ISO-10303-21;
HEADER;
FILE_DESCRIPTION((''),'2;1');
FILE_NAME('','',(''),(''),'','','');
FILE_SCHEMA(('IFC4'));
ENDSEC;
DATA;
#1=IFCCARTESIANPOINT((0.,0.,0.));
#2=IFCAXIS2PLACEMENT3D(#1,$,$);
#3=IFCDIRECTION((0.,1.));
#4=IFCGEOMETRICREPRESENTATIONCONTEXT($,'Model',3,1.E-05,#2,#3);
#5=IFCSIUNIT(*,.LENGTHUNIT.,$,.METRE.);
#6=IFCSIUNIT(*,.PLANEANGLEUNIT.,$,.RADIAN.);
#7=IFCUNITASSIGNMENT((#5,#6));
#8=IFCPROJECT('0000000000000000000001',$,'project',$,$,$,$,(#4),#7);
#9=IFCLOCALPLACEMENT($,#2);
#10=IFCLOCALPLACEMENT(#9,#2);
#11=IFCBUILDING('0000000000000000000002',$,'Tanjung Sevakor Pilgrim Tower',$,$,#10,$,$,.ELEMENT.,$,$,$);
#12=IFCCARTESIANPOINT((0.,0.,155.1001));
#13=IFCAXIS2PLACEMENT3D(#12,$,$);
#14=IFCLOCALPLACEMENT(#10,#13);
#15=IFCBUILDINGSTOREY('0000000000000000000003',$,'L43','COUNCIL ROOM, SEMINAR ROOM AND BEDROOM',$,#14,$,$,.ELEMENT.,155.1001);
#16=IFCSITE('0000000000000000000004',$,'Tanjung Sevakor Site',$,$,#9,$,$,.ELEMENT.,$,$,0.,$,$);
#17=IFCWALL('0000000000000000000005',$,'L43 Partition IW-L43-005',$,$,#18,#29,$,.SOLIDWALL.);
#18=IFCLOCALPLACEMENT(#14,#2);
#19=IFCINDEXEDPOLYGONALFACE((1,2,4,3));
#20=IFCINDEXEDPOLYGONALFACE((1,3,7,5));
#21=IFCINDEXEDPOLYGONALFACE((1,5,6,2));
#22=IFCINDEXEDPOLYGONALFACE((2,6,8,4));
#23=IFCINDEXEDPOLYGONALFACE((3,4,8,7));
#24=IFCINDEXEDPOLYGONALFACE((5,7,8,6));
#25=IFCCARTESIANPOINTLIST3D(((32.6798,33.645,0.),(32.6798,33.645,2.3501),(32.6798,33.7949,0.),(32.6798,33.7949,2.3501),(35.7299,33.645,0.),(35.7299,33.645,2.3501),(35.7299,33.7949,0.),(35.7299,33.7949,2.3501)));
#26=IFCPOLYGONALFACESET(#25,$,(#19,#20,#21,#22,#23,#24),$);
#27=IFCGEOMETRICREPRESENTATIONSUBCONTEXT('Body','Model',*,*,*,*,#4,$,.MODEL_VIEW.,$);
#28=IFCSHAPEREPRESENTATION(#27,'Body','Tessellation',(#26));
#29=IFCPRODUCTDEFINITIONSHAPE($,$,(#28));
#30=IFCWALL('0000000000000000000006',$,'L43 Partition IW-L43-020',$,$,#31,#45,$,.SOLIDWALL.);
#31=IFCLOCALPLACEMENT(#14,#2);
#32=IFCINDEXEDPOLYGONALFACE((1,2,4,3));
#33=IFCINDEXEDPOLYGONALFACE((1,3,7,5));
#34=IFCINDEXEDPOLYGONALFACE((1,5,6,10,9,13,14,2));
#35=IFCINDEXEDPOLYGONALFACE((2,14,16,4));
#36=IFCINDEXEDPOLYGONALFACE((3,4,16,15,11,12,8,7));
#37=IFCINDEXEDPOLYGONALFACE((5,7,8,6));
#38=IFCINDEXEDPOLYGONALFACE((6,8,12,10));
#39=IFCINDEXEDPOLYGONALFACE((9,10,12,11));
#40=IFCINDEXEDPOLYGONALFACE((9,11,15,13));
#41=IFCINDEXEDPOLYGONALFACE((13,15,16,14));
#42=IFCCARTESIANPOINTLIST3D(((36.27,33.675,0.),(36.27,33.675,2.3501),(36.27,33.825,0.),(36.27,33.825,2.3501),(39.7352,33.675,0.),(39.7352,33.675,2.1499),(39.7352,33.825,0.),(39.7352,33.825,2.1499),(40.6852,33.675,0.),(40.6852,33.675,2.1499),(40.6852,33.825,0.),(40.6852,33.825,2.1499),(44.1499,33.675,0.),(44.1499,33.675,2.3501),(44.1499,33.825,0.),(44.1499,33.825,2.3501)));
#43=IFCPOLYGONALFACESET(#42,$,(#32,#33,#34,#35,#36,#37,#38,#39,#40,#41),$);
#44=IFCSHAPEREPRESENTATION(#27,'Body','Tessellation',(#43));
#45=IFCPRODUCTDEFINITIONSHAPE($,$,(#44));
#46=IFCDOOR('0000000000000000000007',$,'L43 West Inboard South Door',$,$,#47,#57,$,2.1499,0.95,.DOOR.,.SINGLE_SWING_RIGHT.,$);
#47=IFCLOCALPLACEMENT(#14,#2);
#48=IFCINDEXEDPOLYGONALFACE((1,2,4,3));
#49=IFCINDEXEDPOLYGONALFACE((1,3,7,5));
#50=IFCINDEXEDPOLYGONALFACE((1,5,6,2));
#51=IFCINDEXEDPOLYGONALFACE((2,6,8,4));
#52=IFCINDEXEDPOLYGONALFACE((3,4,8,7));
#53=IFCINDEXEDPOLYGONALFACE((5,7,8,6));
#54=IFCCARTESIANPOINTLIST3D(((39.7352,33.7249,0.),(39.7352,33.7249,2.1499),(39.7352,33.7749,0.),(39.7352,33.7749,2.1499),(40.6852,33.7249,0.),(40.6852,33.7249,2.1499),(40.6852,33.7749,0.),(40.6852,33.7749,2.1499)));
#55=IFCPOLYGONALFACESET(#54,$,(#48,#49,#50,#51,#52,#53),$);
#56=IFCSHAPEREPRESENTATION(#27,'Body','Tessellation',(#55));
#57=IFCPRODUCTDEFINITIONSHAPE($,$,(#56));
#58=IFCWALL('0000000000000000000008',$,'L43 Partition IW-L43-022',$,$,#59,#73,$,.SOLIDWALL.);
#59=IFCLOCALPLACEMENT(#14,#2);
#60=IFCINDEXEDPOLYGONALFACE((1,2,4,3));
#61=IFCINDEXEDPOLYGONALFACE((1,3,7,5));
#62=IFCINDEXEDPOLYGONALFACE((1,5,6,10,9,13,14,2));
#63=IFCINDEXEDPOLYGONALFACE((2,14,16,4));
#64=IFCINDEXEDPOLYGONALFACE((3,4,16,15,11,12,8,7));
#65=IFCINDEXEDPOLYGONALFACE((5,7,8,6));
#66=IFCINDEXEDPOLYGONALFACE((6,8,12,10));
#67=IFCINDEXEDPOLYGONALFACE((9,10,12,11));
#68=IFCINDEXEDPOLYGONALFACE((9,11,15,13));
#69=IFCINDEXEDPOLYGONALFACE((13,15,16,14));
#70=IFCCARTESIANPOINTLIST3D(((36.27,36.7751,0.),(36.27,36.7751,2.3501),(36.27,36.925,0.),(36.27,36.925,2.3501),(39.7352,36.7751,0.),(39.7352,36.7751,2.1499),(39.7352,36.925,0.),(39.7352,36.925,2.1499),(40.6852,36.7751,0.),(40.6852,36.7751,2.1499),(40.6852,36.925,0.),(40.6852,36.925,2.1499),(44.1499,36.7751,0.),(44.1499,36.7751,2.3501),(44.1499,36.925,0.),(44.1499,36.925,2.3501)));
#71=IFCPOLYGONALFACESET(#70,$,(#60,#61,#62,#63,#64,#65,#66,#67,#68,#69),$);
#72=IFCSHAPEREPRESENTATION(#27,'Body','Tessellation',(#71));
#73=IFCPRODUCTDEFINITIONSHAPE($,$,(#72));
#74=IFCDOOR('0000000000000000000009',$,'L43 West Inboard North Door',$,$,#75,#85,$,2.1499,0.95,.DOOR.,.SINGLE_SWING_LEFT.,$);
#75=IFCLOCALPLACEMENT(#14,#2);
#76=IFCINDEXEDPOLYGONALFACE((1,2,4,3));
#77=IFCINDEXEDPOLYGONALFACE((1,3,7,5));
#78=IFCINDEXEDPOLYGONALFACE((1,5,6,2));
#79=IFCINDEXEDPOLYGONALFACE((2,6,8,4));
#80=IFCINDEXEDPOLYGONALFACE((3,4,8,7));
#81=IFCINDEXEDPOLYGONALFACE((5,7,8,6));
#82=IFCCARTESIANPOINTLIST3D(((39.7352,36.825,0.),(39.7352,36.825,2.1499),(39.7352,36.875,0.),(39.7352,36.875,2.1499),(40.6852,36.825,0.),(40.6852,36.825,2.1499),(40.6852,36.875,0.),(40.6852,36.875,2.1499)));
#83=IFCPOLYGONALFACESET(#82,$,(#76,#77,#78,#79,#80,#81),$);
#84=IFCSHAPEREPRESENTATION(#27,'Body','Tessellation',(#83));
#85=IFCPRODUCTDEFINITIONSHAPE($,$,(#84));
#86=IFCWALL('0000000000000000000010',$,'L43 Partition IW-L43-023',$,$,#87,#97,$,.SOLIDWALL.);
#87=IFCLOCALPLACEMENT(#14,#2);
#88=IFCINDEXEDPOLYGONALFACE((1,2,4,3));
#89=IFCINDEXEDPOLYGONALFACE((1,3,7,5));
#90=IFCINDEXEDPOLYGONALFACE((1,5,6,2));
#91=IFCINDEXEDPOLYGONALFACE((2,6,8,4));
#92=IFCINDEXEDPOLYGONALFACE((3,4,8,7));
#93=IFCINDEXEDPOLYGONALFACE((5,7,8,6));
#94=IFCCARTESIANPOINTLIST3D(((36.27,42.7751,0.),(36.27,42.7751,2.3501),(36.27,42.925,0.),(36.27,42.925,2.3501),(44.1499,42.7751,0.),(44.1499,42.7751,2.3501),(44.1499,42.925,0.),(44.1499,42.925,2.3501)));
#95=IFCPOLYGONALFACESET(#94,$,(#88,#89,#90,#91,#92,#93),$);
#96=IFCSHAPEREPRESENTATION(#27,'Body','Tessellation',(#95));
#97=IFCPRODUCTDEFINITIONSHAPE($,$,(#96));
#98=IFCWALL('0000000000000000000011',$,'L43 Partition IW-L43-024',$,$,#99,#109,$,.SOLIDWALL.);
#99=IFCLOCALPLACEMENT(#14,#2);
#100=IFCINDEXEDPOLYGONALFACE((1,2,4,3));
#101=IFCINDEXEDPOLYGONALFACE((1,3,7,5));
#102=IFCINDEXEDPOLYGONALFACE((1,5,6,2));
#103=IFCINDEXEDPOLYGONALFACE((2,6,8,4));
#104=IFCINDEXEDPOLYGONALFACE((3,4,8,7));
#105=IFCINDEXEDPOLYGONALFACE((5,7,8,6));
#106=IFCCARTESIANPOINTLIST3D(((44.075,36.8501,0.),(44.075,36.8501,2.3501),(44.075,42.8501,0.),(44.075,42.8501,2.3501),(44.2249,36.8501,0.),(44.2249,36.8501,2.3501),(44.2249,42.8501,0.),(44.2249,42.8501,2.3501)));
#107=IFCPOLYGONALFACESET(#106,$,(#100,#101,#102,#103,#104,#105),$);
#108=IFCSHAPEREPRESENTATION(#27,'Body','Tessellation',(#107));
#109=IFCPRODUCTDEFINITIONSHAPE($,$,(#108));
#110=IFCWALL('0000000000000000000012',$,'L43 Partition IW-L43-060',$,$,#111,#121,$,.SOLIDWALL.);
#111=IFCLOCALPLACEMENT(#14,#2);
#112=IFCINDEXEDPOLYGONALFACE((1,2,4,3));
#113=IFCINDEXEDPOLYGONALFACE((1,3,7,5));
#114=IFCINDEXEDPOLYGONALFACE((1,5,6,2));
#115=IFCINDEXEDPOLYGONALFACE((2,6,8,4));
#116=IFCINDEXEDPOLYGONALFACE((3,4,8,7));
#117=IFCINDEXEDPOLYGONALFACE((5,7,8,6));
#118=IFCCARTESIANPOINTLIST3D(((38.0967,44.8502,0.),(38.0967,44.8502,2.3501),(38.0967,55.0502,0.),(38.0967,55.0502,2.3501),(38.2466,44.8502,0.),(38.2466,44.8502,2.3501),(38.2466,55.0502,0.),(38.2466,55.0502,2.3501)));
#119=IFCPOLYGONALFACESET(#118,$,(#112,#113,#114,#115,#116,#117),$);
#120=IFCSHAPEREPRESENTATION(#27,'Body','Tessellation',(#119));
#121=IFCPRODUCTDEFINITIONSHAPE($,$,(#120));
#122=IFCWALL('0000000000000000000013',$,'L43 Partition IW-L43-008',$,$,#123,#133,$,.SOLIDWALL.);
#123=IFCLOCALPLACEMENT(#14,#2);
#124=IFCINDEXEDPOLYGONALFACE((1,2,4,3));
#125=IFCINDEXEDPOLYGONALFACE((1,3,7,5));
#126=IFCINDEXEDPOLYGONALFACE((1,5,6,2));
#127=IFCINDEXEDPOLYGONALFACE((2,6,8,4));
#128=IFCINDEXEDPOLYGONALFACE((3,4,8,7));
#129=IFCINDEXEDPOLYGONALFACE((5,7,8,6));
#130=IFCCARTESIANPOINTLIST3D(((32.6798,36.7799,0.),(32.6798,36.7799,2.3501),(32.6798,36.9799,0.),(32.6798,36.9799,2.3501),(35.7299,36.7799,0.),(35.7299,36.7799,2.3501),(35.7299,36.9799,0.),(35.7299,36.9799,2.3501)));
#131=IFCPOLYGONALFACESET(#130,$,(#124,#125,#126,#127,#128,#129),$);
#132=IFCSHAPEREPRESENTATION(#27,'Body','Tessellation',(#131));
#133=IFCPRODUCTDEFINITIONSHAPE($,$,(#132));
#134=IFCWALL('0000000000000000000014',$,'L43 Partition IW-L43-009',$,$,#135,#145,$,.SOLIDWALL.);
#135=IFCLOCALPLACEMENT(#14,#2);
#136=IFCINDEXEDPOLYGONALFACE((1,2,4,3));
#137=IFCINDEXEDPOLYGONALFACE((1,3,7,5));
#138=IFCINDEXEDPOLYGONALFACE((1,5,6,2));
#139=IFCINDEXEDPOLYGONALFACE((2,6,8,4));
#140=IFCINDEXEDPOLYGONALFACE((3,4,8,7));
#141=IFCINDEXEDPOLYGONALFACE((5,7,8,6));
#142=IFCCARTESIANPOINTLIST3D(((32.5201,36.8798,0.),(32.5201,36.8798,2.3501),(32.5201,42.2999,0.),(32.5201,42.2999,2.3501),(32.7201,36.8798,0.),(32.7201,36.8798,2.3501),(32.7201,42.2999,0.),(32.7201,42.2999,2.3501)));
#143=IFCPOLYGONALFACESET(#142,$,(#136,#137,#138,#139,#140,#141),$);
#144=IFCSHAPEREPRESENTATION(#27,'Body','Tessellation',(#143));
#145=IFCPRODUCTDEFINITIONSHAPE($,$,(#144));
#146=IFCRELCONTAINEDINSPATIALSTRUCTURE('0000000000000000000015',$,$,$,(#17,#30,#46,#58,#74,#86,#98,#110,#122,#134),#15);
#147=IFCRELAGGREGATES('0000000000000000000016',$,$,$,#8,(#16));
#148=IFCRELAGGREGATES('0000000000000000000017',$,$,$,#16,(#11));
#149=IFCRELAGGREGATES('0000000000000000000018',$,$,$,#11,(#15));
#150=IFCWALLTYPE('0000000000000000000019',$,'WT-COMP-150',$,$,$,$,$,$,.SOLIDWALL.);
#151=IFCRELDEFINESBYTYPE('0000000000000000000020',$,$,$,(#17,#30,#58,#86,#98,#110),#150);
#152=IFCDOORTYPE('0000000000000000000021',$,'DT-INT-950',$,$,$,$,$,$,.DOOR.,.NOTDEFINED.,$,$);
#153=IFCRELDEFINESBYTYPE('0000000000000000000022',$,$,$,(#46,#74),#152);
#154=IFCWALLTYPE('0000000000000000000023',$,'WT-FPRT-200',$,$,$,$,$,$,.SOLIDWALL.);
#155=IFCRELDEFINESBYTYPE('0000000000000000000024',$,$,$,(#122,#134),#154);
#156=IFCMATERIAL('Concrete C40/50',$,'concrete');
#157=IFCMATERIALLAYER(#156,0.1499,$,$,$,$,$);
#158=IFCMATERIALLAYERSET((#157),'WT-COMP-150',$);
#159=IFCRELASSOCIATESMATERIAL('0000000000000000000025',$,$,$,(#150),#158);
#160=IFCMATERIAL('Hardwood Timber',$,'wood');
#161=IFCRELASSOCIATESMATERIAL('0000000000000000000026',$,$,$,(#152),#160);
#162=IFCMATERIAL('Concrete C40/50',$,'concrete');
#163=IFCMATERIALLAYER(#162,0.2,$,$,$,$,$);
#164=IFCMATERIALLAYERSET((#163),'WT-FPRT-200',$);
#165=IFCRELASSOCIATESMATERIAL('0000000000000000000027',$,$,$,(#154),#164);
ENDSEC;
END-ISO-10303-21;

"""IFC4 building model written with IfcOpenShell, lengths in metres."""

from ifc_helpers import new_model, si_unit, direction, frame, frame_2d, origin, place, context, subcontext, project, spatial, rectangle, extrude, material, layer, layer_set, type_object, element, fill, save


model = new_model("IFC4")

# Units and contexts
model_context = context("Model", 3, precision=1e-05, world=origin(), true_north=direction((0.0, 1.0)))
body_context = subcontext(model_context, "Body", "Model", "MODEL_VIEW")
ifc_project = project(units=[si_unit("LENGTHUNIT", "METRE"), si_unit("PLANEANGLEUNIT", "RADIAN")], contexts=[model_context])

# Site, building, storey
site_placement = place(None, origin())
site = spatial("IfcSite", under=ifc_project, at=site_placement, Name="Tanjung Sevakor Site", CompositionType="ELEMENT", RefElevation=0.0)
building_placement = place(site_placement, origin())
building = spatial("IfcBuilding", under=site, at=building_placement, Name="Tanjung Sevakor Pilgrim Tower", CompositionType="ELEMENT")
storey_placement = place(building_placement, frame((0.0, 0.0, 155.1001)))
storey = spatial("IfcBuildingStorey", under=building, at=storey_placement, Name="L43", Description="COUNCIL ROOM, SEMINAR ROOM AND BEDROOM", CompositionType="ELEMENT", Elevation=155.1001)

# Wall
ifc_material_1 = material(Name="Concrete C40/50", Category="concrete")
ifc_layer_1 = layer(ifc_material_1, 0.1499)
ifc_layer_set_1 = layer_set([ifc_layer_1], Name="WT-COMP-150")
wall_type_1 = type_object("IfcWallType", Name="WT-COMP-150", PredefinedType="SOLIDWALL", material=ifc_layer_set_1)
wall_1_placement = place(storey_placement, frame((32.6799, 33.72, 0.0), z_axis=(0.0, 0.0, 1.0), x_axis=(1.0, 0.0, 0.0)))
element("IfcWall", 1, at=wall_1_placement, inside=storey, type_object=wall_type_1, Name="L43 Partition IW-L43-005", PredefinedType="SOLIDWALL", context=body_context, shape_type="SweptSolid", body=[
    extrude(rectangle(XDim=3.05, YDim=0.1499, at=frame_2d((1.5249, 0.0))), origin(), (0.0, 0.0, 1.0), 2.3501),
])

# Walls, openings, doors
wall_2_placement = place(storey_placement, frame((36.27, 33.75, 0.0), z_axis=(0.0, 0.0, 1.0), x_axis=(1.0, 0.0, 0.0)))
wall_2 = element("IfcWall", 2, at=wall_2_placement, inside=storey, type_object=wall_type_1, Name="L43 Partition IW-L43-020", PredefinedType="SOLIDWALL", context=body_context, shape_type="SweptSolid", body=[
    extrude(rectangle(XDim=7.8799, YDim=0.1499, at=frame_2d((3.9399, 0.0))), origin(), (0.0, 0.0, 1.0), 2.3501),
])
opening_1_placement = place(wall_2_placement, frame((3.4651, 0.0, 0.0)))
opening_1 = element("IfcOpeningElement", 3, at=opening_1_placement, cuts=wall_2, PredefinedType="OPENING", context=body_context, shape_type="SweptSolid", body=[
    extrude(rectangle(XDim=0.95, YDim=2.1499, at=frame_2d((0.4751, 1.075))), frame((0.0, 0.085, 0.0), z_axis=(0.0, -1.0, 0.0), x_axis=(1.0, 0.0, 0.0)), (0.0, 0.0, 1.0), 0.1699),
])
ifc_material_2 = material(Name="Hardwood Timber", Category="wood")
door_type_1 = type_object("IfcDoorType", Name="DT-INT-950", OperationType="NOTDEFINED", PredefinedType="DOOR", material=ifc_material_2)
door_1_placement = place(opening_1_placement, origin())
door_1 = element("IfcDoor", 4, at=door_1_placement, inside=storey, type_object=door_type_1, Name="L43 West Inboard South Door", OperationType="SINGLE_SWING_RIGHT", OverallHeight=2.1499, OverallWidth=0.95, PredefinedType="DOOR", context=body_context, shape_type="SweptSolid", body=[
    extrude(rectangle(XDim=0.95, YDim=2.1499, at=frame_2d((0.4751, 1.075))), frame((0.0, 0.0249, 0.0), z_axis=(0.0, -1.0, 0.0), x_axis=(1.0, 0.0, 0.0)), (0.0, 0.0, 1.0), 0.05),
])
fill(opening_1, door_1)
wall_3_placement = place(storey_placement, frame((36.27, 36.8501, 0.0), z_axis=(0.0, 0.0, 1.0), x_axis=(1.0, 0.0, 0.0)))
wall_3 = element("IfcWall", 5, at=wall_3_placement, inside=storey, type_object=wall_type_1, Name="L43 Partition IW-L43-022", PredefinedType="SOLIDWALL", context=body_context, shape_type="SweptSolid", body=[
    extrude(rectangle(XDim=7.8799, YDim=0.1499, at=frame_2d((3.9399, 0.0))), origin(), (0.0, 0.0, 1.0), 2.3501),
])
opening_2_placement = place(wall_3_placement, frame((3.4651, 0.0, 0.0)))
opening_2 = element("IfcOpeningElement", 6, at=opening_2_placement, cuts=wall_3, PredefinedType="OPENING", context=body_context, shape_type="SweptSolid", body=[
    extrude(rectangle(XDim=0.95, YDim=2.1499, at=frame_2d((0.4751, 1.075))), frame((0.0, 0.085, 0.0), z_axis=(0.0, -1.0, 0.0), x_axis=(1.0, 0.0, 0.0)), (0.0, 0.0, 1.0), 0.1699),
])
door_2_placement = place(opening_2_placement, origin())
door_2 = element("IfcDoor", 7, at=door_2_placement, inside=storey, type_object=door_type_1, Name="L43 West Inboard North Door", OperationType="SINGLE_SWING_LEFT", OverallHeight=2.1499, OverallWidth=0.95, PredefinedType="DOOR", context=body_context, shape_type="SweptSolid", body=[
    extrude(rectangle(XDim=0.95, YDim=2.1499, at=frame_2d((0.4751, 1.075))), frame((0.0, 0.0249, 0.0), z_axis=(0.0, -1.0, 0.0), x_axis=(1.0, 0.0, 0.0)), (0.0, 0.0, 1.0), 0.05),
])
fill(opening_2, door_2)

# Walls
wall_4_placement = place(storey_placement, frame((36.27, 42.8501, 0.0), z_axis=(0.0, 0.0, 1.0), x_axis=(1.0, 0.0, 0.0)))
element("IfcWall", 8, at=wall_4_placement, inside=storey, type_object=wall_type_1, Name="L43 Partition IW-L43-023", PredefinedType="SOLIDWALL", context=body_context, shape_type="SweptSolid", body=[
    extrude(rectangle(XDim=7.8799, YDim=0.1499, at=frame_2d((3.9399, 0.0))), origin(), (0.0, 0.0, 1.0), 2.3501),
])
wall_5_placement = place(storey_placement, frame((44.1499, 36.8501, 0.0), z_axis=(0.0, 0.0, 1.0), x_axis=(0.0, 1.0, 0.0)))
element("IfcWall", 9, at=wall_5_placement, inside=storey, type_object=wall_type_1, Name="L43 Partition IW-L43-024", PredefinedType="SOLIDWALL", context=body_context, shape_type="SweptSolid", body=[
    extrude(rectangle(XDim=6.0, YDim=0.1499, at=frame_2d((3.0, 0.0))), origin(), (0.0, 0.0, 1.0), 2.3501),
])
wall_6_placement = place(storey_placement, frame((38.1716, 44.8501, 0.0), z_axis=(0.0, 0.0, 1.0), x_axis=(0.0, 1.0, 0.0)))
element("IfcWall", 10, at=wall_6_placement, inside=storey, type_object=wall_type_1, Name="L43 Partition IW-L43-060", PredefinedType="SOLIDWALL", context=body_context, shape_type="SweptSolid", body=[
    extrude(rectangle(XDim=10.2, YDim=0.1499, at=frame_2d((5.1001, 0.0))), origin(), (0.0, 0.0, 1.0), 2.3501),
])

# Walls
ifc_material_3 = material(Name="Concrete C40/50", Category="concrete")
ifc_layer_2 = layer(ifc_material_3, 0.2)
ifc_layer_set_2 = layer_set([ifc_layer_2], Name="WT-FPRT-200")
wall_type_2 = type_object("IfcWallType", Name="WT-FPRT-200", PredefinedType="SOLIDWALL", material=ifc_layer_set_2)
wall_7_placement = place(storey_placement, frame((32.6799, 36.8799, 0.0), z_axis=(0.0, 0.0, 1.0), x_axis=(1.0, 0.0, 0.0)))
element("IfcWall", 11, at=wall_7_placement, inside=storey, type_object=wall_type_2, Name="L43 Partition IW-L43-008", PredefinedType="SOLIDWALL", context=body_context, shape_type="SweptSolid", body=[
    extrude(rectangle(XDim=3.05, YDim=0.2, at=frame_2d((1.5249, 0.0))), origin(), (0.0, 0.0, 1.0), 2.3501),
])
wall_8_placement = place(storey_placement, frame((32.6201, 36.8799, 0.0), z_axis=(0.0, 0.0, 1.0), x_axis=(0.0, 1.0, 0.0)))
element("IfcWall", 12, at=wall_8_placement, inside=storey, type_object=wall_type_2, Name="L43 Partition IW-L43-009", PredefinedType="SOLIDWALL", context=body_context, shape_type="SweptSolid", body=[
    extrude(rectangle(XDim=5.4202, YDim=0.2, at=frame_2d((2.71, 0.0))), origin(), (0.0, 0.0, 1.0), 2.3501),
])

save(model, "model.ifc")
